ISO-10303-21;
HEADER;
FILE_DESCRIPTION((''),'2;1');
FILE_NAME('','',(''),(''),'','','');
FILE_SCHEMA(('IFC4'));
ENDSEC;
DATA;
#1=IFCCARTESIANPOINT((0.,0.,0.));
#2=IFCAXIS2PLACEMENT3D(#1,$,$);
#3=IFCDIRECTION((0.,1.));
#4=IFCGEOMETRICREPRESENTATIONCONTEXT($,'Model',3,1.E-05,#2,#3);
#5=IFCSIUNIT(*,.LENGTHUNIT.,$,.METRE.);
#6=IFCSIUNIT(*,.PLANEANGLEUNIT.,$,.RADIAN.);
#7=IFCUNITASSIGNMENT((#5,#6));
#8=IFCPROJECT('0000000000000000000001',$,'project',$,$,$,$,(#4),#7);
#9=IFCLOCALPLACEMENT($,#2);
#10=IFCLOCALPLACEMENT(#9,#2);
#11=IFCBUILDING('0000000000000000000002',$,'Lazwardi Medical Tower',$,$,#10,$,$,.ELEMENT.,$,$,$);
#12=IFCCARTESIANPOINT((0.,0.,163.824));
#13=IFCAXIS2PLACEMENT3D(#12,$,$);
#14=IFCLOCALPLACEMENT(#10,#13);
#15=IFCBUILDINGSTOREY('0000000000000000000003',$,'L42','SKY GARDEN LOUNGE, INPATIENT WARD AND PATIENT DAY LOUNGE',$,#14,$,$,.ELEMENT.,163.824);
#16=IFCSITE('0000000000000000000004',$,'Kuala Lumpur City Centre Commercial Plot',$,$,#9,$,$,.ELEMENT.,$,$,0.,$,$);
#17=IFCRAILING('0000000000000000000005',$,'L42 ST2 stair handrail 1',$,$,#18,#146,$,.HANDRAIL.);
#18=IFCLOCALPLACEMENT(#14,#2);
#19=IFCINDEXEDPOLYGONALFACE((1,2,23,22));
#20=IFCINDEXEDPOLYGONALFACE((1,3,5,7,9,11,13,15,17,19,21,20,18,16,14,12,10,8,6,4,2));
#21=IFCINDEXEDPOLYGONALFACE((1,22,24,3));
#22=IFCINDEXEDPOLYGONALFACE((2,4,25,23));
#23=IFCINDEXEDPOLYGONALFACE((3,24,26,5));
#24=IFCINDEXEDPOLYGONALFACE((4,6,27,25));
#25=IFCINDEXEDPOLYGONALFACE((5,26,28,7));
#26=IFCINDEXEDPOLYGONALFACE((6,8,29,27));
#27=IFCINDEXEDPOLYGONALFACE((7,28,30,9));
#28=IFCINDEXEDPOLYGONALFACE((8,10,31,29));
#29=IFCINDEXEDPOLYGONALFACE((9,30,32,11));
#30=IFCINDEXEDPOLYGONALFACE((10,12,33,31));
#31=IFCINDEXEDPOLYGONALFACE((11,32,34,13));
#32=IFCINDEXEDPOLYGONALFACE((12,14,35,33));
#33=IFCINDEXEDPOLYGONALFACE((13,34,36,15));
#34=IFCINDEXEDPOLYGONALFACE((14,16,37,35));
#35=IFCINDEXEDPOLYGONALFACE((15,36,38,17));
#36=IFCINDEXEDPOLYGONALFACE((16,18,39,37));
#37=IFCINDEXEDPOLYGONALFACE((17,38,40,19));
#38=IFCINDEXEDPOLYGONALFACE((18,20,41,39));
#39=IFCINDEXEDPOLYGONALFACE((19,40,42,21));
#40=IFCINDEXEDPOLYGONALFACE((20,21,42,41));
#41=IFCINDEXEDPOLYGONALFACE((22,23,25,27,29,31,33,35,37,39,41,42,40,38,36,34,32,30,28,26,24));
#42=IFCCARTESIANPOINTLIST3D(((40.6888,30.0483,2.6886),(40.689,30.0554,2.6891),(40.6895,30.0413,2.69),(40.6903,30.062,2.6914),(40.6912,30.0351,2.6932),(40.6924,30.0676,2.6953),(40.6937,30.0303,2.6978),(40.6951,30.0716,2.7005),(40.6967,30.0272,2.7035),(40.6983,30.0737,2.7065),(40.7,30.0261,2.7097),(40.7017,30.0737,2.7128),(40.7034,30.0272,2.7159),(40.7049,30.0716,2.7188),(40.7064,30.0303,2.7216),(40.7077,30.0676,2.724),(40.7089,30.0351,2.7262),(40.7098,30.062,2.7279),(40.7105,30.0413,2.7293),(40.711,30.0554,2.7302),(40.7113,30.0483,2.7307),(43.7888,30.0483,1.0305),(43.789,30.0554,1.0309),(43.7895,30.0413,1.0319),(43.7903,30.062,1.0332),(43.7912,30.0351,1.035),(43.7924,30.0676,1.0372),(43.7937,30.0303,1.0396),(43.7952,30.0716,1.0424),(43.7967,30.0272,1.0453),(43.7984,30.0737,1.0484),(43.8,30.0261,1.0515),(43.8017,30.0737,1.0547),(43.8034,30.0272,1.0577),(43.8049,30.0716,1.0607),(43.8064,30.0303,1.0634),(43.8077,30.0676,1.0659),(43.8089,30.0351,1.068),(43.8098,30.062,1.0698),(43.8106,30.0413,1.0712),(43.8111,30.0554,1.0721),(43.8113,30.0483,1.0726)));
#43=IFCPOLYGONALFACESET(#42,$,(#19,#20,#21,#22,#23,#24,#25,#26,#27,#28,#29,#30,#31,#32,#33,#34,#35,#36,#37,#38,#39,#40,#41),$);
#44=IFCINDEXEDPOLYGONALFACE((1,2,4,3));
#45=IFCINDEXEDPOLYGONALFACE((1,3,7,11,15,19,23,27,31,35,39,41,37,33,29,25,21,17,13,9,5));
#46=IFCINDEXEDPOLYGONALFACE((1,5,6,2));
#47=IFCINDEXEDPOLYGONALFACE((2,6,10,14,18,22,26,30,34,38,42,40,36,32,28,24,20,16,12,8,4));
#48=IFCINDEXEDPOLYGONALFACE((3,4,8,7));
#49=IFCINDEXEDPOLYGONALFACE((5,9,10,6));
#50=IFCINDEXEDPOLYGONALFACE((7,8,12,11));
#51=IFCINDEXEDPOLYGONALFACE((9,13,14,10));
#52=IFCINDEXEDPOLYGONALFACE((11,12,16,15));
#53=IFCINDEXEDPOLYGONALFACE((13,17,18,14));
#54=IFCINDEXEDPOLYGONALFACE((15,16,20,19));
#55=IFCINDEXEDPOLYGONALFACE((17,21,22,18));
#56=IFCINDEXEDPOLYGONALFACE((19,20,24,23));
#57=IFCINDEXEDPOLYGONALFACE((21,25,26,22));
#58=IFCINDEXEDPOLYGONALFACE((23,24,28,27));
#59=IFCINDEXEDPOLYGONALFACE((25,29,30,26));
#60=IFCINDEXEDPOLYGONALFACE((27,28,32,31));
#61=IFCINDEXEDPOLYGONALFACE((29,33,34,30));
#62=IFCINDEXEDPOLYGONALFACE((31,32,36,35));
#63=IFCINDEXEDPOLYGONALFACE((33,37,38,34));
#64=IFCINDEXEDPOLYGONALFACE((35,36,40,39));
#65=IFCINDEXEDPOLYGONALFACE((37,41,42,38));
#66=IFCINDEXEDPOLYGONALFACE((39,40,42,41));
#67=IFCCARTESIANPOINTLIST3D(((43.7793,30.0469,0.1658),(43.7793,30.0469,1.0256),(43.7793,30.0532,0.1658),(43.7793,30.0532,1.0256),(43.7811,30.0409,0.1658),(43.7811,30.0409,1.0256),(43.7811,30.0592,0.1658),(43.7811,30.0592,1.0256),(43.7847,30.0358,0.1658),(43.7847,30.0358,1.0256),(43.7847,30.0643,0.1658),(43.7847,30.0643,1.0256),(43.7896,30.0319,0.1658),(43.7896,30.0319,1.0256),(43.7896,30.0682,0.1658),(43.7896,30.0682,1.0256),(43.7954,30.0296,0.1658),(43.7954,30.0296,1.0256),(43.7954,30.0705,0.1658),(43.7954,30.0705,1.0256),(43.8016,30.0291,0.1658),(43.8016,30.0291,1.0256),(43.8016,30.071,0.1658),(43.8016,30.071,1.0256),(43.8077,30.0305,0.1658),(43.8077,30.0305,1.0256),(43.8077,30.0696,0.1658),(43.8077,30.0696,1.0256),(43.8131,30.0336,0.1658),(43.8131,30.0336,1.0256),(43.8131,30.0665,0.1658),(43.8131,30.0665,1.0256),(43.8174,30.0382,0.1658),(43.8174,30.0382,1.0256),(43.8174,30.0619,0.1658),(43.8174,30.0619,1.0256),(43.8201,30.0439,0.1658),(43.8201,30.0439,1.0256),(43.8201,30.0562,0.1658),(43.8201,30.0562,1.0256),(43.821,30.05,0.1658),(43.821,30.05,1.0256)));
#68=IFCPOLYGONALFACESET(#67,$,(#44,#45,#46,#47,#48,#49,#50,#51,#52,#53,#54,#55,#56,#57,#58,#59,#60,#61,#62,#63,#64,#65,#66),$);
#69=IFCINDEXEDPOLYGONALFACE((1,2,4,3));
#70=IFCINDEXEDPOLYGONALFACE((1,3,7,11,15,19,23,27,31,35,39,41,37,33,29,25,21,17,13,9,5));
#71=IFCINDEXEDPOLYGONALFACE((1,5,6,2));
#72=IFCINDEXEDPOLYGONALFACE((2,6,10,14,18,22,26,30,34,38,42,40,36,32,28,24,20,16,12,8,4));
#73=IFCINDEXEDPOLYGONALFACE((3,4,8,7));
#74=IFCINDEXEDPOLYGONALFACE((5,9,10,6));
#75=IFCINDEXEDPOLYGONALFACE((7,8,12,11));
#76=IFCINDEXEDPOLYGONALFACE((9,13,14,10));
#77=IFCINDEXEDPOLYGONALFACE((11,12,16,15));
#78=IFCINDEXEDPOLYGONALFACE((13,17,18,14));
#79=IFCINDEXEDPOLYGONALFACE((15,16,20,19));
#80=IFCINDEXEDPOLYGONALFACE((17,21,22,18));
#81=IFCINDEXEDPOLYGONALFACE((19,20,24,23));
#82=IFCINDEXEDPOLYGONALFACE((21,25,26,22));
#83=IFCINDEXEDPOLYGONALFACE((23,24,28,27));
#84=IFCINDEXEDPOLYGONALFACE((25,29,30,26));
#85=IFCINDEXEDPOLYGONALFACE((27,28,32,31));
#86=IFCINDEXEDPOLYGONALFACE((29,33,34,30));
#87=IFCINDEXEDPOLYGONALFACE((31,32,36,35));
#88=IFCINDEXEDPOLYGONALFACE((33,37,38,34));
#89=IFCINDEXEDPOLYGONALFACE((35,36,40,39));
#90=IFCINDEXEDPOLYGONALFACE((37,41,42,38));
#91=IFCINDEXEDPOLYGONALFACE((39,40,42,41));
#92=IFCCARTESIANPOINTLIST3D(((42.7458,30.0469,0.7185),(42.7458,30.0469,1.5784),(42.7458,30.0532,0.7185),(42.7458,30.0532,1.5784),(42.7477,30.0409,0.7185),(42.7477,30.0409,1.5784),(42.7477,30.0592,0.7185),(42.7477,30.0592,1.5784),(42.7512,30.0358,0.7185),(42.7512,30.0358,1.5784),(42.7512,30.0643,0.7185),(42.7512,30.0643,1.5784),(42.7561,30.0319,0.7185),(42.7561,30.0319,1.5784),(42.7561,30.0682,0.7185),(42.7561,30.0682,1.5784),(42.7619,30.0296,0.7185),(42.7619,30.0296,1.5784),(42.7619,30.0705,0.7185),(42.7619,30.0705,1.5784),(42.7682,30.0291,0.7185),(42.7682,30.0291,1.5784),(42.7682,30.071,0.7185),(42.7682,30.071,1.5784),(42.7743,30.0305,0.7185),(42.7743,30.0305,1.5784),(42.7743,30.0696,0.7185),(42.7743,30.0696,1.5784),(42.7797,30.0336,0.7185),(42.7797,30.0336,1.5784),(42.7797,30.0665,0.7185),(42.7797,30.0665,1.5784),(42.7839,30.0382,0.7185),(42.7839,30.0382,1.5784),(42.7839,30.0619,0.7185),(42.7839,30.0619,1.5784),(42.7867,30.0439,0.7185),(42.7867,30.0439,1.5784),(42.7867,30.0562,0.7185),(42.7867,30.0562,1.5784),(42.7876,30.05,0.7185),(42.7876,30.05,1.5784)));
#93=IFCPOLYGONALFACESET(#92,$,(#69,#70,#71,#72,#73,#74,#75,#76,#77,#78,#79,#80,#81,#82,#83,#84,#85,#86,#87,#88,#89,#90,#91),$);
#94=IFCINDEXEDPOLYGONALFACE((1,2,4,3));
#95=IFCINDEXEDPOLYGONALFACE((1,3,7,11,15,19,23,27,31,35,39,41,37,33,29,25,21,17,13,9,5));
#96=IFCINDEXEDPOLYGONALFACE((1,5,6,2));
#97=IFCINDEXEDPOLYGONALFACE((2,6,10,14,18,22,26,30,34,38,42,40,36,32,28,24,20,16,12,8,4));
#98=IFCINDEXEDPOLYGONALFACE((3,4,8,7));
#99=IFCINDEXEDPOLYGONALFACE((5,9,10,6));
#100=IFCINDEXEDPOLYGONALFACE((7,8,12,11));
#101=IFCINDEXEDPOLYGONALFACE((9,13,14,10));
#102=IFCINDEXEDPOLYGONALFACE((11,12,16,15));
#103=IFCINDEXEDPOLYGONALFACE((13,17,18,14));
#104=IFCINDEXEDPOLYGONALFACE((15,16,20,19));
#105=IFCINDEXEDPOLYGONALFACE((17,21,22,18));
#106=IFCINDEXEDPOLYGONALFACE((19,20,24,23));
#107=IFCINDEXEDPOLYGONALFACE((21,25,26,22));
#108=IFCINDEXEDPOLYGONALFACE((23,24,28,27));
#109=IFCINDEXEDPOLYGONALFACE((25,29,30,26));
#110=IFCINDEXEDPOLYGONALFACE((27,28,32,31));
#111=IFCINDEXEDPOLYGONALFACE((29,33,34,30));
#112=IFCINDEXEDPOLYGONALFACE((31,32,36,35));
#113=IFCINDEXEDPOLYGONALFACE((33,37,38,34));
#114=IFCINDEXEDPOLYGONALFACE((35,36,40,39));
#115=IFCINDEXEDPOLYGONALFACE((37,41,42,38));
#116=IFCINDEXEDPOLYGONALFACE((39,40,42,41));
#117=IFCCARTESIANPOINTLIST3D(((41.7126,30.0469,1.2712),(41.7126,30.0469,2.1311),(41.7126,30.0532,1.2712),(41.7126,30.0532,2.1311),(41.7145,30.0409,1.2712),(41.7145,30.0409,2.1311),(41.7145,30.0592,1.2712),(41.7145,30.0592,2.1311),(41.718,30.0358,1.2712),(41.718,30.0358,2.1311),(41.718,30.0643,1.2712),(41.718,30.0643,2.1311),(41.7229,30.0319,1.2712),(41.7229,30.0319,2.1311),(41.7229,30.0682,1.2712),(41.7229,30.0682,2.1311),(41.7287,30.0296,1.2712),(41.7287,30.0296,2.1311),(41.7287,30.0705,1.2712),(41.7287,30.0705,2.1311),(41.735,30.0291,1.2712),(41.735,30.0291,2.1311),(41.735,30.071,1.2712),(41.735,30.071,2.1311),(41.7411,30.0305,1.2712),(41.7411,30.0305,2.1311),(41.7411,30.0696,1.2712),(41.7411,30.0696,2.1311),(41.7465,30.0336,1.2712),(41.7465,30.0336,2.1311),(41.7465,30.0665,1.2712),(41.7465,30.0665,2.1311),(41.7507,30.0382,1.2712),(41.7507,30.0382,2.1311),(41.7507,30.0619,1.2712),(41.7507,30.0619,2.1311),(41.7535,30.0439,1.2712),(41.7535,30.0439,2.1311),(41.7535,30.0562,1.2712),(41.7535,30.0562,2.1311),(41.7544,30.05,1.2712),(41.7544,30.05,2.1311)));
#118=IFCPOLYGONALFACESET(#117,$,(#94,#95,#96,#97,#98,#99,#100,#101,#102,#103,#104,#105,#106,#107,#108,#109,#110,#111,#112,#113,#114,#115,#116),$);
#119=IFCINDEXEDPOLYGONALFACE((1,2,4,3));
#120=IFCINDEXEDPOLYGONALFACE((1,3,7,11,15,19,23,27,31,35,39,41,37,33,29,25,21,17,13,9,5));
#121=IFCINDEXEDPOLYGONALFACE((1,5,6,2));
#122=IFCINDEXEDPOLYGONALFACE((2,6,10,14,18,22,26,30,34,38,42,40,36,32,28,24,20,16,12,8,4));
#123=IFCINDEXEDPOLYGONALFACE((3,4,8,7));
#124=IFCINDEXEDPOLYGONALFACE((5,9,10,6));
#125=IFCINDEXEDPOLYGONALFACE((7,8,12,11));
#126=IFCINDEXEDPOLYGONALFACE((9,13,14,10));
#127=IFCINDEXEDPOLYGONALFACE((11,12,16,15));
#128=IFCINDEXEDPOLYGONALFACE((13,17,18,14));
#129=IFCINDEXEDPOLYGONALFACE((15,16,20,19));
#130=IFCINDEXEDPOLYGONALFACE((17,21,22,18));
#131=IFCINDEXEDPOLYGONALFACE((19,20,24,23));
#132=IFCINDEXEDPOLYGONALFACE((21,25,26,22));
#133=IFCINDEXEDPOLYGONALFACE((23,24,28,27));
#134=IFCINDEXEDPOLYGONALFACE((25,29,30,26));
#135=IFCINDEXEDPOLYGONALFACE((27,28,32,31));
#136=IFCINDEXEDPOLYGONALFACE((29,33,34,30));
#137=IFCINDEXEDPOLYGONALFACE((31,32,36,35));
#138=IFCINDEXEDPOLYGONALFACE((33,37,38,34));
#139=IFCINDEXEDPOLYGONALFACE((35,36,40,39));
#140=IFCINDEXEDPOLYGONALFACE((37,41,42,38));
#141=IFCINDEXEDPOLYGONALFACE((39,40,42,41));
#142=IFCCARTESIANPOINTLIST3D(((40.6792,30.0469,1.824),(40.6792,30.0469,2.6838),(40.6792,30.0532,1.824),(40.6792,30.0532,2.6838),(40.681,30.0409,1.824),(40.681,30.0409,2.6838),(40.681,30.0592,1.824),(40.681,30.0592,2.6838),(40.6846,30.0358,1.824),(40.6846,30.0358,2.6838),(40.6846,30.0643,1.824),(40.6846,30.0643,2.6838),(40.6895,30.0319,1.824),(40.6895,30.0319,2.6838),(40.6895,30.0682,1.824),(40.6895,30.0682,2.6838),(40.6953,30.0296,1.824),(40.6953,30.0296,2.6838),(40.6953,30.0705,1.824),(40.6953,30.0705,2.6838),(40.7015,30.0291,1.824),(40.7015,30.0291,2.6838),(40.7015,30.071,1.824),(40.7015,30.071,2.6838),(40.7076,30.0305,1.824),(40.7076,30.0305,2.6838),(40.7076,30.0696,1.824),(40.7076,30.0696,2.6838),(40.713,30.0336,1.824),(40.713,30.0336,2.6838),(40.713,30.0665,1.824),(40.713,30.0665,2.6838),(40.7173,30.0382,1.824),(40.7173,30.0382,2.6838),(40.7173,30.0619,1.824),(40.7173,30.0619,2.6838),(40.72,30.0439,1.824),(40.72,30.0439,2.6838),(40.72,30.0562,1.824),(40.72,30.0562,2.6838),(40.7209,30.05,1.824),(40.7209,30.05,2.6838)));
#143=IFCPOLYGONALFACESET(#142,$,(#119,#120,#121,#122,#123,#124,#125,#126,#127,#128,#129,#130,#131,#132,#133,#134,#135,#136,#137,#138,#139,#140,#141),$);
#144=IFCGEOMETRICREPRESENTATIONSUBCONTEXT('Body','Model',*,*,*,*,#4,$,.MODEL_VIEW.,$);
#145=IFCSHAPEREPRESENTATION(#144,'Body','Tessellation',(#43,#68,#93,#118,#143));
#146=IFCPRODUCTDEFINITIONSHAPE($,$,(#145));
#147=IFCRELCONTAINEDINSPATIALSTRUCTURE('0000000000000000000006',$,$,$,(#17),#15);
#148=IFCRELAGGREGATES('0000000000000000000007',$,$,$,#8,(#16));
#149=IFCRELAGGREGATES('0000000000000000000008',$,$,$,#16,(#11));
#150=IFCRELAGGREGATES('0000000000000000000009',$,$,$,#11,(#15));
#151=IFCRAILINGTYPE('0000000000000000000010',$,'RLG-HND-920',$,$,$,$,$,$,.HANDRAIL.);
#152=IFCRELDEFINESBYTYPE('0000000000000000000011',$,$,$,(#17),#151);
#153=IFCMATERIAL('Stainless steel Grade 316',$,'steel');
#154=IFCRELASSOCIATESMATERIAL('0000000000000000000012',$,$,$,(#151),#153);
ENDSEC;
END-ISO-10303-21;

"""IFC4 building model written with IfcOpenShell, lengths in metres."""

from ifc_helpers import new_model, si_unit, direction, frame, origin, origin_2d, place, context, subcontext, project, spatial, circle, extrude, material, type_object, element, save


model = new_model("IFC4")

# Units and contexts
model_context = context("Model", 3, precision=1e-05, world=origin(), true_north=direction((0.0, 1.0)))
body_context = subcontext(model_context, "Body", "Model", "MODEL_VIEW")
ifc_project = project(units=[si_unit("LENGTHUNIT", "METRE"), si_unit("PLANEANGLEUNIT", "RADIAN")], contexts=[model_context])

# Site, building, storey
site_placement = place(None, origin())
site = spatial("IfcSite", under=ifc_project, at=site_placement, Name="Kuala Lumpur City Centre Commercial Plot", CompositionType="ELEMENT", RefElevation=0.0)
building_placement = place(site_placement, origin())
building = spatial("IfcBuilding", under=site, at=building_placement, Name="Lazwardi Medical Tower", CompositionType="ELEMENT")
storey_placement = place(building_placement, frame((0.0, 0.0, 163.824)))
storey = spatial("IfcBuildingStorey", under=building, at=storey_placement, Name="L42", Description="SKY GARDEN LOUNGE, INPATIENT WARD AND PATIENT DAY LOUNGE", CompositionType="ELEMENT", Elevation=163.824)

# Railing
ifc_material_1 = material(Name="Stainless steel Grade 316", Category="steel")
railing_type_1 = type_object("IfcRailingType", Name="RLG-HND-920", PredefinedType="HANDRAIL", material=ifc_material_1)
railing_1_placement = place(storey_placement, frame((43.8, 30.05, 0.1658)))
element("IfcRailing", 1, at=railing_1_placement, inside=storey, type_object=railing_type_1, Name="L42 ST2 stair handrail 1", PredefinedType="HANDRAIL", context=body_context, shape_type="SweptSolid", body=[
    extrude(circle(Radius=0.0239, at=origin_2d()), frame((0.0, 0.0, 0.8857), z_axis=(-0.881783, 0.0, 0.471655), x_axis=(0.0, -1.0, 0.0)), (0.0, 0.0, 1.0), 3.5156),
    extrude(circle(Radius=0.021, at=origin_2d()), origin(), (0.0, 0.0, 1.0), 0.8599),
    extrude(circle(Radius=0.021, at=origin_2d()), frame((-1.0334, 0.0, 0.5527)), (0.0, 0.0, 1.0), 0.8599),
    extrude(circle(Radius=0.021, at=origin_2d()), frame((-2.0667, 0.0, 1.1055)), (0.0, 0.0, 1.0), 0.8599),
    extrude(circle(Radius=0.021, at=origin_2d()), frame((-3.1001, 0.0, 1.6582)), (0.0, 0.0, 1.0), 0.8599),
])

save(model, "model.ifc")
